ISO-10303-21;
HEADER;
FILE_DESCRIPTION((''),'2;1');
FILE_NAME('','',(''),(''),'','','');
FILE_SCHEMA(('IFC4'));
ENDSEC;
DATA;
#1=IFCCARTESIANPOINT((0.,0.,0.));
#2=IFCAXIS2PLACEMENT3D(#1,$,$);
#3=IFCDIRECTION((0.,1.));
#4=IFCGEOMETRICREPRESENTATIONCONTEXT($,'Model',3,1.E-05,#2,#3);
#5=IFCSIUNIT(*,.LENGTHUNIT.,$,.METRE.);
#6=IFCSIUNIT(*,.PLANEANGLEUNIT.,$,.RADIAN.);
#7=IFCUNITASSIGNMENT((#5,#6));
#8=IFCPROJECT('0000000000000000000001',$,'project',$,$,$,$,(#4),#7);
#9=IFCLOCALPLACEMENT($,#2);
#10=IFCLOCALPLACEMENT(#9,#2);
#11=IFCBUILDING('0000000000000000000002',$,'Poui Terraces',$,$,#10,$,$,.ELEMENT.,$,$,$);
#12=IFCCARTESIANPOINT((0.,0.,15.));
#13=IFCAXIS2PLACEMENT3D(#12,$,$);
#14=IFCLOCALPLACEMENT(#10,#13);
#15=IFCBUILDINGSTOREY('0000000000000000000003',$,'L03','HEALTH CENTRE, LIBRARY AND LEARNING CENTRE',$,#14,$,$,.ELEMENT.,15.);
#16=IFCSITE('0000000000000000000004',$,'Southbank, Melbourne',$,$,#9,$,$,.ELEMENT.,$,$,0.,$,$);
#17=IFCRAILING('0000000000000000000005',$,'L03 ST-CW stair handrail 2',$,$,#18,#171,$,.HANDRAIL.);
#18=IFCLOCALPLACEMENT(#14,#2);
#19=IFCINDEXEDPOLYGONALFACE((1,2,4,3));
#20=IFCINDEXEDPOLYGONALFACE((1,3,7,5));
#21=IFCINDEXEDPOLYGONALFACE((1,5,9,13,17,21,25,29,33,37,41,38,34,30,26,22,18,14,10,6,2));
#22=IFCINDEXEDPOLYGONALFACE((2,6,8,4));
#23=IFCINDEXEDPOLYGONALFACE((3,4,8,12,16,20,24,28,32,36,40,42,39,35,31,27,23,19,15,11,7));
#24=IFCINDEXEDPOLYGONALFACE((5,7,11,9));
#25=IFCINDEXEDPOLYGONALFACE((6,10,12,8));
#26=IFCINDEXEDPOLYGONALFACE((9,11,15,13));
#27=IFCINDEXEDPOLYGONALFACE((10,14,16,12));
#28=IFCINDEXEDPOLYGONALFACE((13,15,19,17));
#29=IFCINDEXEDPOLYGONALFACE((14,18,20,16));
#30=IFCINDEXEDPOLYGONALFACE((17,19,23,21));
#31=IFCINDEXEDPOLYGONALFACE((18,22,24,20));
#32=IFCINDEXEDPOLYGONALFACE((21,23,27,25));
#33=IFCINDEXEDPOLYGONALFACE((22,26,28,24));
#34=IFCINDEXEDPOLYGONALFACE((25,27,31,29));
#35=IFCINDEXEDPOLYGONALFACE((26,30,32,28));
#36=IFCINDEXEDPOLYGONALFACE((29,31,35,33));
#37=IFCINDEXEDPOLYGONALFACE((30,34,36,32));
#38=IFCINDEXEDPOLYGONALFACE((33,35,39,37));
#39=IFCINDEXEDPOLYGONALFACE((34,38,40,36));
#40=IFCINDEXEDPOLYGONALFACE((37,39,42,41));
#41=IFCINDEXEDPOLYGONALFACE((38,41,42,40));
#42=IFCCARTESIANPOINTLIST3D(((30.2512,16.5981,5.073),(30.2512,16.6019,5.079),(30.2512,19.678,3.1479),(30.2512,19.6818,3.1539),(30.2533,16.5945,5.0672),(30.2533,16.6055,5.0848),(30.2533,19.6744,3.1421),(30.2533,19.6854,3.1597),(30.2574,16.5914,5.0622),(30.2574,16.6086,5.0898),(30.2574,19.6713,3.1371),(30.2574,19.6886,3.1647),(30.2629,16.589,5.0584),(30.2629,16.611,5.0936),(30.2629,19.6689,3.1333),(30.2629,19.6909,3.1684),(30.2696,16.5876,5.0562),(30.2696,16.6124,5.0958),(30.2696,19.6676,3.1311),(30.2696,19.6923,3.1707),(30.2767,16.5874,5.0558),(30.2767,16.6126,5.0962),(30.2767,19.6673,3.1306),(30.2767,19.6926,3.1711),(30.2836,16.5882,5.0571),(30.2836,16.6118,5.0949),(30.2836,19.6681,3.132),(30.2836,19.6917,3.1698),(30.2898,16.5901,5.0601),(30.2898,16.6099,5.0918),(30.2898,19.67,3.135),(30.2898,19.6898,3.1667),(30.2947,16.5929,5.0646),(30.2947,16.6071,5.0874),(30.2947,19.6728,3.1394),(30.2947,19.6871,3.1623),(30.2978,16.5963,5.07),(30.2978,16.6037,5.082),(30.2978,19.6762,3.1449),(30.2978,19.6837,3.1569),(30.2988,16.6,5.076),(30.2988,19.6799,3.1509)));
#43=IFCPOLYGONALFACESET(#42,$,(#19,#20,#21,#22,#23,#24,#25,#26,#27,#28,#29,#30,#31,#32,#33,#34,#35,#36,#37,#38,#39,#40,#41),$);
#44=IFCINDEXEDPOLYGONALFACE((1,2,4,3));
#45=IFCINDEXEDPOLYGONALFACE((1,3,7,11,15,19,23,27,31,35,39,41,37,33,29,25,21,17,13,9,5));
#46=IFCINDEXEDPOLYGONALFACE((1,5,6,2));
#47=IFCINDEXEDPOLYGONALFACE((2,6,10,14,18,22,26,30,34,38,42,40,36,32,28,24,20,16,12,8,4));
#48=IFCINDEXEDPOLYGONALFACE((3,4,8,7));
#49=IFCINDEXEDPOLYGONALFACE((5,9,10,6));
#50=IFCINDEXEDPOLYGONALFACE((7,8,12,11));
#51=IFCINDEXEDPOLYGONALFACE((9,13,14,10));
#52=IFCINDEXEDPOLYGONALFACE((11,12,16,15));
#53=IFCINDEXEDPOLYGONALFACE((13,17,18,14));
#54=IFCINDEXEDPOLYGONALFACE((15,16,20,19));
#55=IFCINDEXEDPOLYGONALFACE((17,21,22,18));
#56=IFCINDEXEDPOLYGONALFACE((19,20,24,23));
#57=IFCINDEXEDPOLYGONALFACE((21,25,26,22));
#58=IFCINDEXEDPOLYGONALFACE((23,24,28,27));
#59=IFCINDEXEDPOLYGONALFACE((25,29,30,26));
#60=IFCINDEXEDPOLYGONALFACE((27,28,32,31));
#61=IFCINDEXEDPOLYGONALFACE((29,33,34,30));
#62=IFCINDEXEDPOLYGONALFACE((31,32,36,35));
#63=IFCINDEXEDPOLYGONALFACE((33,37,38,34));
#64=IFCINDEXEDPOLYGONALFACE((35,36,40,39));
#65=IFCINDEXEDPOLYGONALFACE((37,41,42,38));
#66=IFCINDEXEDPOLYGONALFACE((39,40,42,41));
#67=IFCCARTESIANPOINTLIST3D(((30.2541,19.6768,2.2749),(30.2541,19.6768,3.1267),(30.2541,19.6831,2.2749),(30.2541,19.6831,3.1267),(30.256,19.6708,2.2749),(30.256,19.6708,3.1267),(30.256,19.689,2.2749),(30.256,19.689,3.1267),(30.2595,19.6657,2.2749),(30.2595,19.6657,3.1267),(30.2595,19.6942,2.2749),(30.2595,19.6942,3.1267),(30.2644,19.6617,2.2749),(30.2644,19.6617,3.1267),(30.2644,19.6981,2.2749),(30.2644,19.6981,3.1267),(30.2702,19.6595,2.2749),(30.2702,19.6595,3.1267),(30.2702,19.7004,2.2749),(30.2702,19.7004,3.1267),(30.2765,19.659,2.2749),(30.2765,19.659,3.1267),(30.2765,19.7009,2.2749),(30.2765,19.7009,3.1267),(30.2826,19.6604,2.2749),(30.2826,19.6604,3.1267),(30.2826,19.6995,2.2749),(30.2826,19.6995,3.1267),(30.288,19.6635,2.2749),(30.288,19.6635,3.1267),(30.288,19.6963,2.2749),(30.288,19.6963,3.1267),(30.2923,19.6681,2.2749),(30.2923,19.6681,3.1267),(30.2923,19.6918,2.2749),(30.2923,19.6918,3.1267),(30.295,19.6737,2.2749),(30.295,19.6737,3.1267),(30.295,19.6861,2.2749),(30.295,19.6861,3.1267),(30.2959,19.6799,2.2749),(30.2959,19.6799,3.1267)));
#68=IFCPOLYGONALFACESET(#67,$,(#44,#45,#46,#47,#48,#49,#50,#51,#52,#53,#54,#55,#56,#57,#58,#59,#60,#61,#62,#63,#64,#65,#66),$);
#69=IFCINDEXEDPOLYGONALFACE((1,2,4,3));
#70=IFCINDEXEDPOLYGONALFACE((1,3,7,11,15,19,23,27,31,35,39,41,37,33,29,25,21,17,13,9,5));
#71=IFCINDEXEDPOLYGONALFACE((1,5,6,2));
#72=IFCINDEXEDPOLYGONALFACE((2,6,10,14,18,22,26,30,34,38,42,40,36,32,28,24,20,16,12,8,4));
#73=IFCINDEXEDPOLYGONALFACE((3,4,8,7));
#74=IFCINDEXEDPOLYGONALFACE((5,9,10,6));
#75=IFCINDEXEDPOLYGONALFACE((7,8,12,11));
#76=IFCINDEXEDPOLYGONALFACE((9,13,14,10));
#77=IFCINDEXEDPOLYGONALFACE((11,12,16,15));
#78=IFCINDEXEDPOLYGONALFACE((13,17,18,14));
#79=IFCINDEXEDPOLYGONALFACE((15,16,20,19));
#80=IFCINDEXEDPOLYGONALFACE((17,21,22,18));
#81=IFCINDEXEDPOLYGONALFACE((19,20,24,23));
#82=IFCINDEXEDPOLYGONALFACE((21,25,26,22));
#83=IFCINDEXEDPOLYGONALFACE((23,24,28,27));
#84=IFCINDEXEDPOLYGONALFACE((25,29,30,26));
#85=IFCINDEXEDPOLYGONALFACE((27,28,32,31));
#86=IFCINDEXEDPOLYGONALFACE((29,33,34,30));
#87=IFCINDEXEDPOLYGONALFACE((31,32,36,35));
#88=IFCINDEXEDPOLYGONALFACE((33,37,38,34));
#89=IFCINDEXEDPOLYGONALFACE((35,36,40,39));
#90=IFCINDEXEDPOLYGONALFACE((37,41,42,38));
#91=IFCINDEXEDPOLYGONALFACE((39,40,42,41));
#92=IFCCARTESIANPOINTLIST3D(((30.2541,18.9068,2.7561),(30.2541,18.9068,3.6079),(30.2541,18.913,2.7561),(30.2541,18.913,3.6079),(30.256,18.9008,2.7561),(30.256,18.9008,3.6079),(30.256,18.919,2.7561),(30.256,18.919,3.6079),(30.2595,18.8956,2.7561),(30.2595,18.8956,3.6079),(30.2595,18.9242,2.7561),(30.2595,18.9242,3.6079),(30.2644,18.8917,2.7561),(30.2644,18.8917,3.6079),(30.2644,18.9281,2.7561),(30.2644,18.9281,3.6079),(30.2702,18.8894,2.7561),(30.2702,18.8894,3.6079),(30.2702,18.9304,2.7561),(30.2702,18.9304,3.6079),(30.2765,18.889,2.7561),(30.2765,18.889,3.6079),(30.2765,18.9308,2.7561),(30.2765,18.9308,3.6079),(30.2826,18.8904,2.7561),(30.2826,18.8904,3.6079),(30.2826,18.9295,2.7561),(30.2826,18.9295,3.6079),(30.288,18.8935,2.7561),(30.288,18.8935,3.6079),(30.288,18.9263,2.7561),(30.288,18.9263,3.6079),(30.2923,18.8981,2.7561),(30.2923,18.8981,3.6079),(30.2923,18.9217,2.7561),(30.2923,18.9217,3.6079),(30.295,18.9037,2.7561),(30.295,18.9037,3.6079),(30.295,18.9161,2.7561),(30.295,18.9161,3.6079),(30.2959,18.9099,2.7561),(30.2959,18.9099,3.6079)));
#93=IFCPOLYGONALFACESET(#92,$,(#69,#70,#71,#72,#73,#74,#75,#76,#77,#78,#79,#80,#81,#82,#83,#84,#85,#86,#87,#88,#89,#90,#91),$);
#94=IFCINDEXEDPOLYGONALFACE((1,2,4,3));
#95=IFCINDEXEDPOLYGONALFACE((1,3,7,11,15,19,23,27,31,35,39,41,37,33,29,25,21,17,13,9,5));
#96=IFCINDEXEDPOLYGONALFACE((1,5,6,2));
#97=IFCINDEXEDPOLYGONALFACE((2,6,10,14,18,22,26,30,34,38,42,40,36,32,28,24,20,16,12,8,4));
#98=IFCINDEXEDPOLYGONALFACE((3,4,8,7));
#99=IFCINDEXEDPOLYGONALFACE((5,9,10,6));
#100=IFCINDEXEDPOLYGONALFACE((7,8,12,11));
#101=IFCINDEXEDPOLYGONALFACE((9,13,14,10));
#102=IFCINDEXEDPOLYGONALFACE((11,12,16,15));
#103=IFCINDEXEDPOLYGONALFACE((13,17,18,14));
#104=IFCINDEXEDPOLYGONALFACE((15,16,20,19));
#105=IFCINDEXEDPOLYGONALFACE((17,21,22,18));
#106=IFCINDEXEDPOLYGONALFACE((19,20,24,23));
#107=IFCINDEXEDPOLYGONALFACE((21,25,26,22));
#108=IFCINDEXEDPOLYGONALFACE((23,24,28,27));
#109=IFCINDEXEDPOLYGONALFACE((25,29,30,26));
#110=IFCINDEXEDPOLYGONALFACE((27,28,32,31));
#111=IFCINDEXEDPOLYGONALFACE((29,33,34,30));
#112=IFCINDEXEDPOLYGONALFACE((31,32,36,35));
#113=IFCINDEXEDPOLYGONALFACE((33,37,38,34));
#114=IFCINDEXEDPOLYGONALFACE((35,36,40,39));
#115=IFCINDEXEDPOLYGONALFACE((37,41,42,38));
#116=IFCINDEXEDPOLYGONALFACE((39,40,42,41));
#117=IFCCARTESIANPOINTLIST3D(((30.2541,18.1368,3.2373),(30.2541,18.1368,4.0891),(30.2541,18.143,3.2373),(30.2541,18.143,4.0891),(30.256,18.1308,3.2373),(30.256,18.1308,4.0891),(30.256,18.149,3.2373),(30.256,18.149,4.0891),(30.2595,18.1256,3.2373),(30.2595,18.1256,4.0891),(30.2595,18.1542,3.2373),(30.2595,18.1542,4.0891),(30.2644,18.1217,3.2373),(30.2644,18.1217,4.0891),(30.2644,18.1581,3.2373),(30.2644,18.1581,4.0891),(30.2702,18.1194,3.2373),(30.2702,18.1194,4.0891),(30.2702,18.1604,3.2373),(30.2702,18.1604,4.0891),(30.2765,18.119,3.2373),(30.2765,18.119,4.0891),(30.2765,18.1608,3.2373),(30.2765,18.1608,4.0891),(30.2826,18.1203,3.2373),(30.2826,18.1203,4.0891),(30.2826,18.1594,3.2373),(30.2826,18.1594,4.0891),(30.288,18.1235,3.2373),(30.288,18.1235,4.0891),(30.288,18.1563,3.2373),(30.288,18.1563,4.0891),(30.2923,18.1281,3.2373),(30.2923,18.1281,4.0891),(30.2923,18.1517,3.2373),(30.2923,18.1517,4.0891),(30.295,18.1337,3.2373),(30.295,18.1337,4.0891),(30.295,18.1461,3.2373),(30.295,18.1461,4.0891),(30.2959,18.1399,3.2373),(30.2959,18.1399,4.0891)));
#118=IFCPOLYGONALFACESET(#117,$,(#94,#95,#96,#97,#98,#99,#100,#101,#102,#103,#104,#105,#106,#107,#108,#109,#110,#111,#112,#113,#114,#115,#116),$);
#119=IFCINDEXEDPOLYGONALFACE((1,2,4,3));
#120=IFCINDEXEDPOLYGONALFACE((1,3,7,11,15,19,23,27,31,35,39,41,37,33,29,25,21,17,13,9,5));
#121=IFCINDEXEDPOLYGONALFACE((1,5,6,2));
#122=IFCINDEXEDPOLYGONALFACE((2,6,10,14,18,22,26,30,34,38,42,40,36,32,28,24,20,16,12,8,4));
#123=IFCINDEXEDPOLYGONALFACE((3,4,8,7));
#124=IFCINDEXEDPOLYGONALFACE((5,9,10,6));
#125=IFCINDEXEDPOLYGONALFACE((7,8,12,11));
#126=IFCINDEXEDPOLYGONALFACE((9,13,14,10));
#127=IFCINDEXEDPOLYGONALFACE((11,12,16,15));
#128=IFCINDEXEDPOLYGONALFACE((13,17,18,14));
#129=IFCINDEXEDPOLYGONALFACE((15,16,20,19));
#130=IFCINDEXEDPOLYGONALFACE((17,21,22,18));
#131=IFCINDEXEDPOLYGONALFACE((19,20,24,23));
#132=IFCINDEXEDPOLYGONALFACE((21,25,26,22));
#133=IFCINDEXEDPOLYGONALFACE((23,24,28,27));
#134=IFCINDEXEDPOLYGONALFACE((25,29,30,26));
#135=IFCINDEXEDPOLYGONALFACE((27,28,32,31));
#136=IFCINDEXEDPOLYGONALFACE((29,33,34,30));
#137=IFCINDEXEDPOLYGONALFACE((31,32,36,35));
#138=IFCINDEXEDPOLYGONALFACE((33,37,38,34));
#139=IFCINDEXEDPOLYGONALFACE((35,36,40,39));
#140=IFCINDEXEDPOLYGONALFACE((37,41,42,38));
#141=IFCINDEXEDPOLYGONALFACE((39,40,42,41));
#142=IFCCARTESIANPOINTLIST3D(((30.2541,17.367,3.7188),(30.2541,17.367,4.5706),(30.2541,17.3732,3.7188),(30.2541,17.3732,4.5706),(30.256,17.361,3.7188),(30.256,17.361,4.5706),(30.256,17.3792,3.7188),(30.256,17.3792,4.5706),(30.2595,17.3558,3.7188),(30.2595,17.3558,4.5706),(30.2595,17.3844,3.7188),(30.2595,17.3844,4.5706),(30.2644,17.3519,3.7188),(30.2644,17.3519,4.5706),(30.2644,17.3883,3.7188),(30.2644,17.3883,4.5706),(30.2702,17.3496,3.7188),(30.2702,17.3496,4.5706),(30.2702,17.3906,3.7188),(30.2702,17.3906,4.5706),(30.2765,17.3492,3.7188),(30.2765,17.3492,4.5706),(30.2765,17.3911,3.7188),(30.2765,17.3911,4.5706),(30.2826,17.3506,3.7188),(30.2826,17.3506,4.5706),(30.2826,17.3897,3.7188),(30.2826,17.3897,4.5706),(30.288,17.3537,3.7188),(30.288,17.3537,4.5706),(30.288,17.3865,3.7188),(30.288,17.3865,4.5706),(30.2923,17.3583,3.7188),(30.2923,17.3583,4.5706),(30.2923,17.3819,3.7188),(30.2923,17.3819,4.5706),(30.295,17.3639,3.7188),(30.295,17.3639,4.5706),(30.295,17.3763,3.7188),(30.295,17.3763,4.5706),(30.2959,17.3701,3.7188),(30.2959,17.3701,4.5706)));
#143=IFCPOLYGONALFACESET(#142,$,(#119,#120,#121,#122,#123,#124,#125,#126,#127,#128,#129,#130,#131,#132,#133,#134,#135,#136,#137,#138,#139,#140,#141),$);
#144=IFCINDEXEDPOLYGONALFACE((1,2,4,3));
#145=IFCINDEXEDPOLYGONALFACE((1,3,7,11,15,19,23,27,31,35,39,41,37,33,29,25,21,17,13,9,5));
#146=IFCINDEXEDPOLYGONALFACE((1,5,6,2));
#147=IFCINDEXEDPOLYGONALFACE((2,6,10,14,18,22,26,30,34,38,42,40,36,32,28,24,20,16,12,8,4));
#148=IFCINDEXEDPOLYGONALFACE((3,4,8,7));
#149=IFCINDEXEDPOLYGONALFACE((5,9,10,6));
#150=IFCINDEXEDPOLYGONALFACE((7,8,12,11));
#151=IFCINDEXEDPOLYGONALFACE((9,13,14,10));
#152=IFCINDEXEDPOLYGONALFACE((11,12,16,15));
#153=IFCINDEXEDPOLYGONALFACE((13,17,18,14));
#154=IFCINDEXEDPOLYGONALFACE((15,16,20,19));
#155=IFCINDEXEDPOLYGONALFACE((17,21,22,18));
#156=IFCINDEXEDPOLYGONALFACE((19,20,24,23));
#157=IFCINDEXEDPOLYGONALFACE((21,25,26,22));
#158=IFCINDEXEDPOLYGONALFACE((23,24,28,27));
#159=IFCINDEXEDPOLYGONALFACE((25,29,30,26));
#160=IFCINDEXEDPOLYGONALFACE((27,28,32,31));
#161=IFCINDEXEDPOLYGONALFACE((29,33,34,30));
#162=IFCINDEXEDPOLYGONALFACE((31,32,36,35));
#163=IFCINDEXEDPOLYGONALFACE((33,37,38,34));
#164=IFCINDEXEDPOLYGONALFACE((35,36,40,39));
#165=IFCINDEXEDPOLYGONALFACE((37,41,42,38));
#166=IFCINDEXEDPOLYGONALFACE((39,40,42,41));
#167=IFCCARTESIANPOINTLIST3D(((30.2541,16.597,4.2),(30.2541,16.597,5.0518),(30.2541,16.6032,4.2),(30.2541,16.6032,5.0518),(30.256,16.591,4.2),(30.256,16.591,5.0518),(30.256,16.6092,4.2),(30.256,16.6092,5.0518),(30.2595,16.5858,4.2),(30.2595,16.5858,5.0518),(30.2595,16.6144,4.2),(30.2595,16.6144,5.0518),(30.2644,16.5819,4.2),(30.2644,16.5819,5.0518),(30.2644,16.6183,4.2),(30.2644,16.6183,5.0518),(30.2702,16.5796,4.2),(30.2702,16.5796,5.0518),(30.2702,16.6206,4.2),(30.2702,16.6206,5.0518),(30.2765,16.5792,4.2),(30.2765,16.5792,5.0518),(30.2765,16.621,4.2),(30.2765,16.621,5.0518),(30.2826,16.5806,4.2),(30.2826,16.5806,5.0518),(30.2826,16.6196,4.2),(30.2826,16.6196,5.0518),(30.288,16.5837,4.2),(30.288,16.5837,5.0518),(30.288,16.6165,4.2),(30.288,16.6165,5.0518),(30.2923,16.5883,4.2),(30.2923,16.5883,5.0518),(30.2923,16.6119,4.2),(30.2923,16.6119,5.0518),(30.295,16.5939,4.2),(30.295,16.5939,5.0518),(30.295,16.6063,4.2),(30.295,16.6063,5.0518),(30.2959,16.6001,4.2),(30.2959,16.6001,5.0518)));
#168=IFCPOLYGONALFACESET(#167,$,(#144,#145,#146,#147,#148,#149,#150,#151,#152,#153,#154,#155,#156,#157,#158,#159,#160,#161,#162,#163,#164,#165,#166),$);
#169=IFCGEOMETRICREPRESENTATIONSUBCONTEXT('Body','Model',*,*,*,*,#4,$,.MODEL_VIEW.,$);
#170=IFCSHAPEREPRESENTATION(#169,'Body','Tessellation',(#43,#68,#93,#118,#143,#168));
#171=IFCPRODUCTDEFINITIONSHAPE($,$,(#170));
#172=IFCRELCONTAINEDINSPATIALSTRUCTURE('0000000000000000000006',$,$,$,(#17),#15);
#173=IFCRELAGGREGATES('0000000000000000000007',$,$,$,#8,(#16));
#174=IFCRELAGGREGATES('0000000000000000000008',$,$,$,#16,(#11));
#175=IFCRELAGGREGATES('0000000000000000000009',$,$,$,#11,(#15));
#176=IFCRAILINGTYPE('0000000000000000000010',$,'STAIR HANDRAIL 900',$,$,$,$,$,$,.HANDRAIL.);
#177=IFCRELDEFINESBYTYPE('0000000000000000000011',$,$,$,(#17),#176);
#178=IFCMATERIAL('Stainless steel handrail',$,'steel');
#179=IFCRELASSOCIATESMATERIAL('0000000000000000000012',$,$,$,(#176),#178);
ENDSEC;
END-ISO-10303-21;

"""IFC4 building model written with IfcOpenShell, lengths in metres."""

from ifc_helpers import new_model, si_unit, direction, frame, origin, origin_2d, place, context, subcontext, project, spatial, circle, extrude, material, type_object, element, save


model = new_model("IFC4")

# Units and contexts
model_context = context("Model", 3, precision=1e-05, world=origin(), true_north=direction((0.0, 1.0)))
body_context = subcontext(model_context, "Body", "Model", "MODEL_VIEW")
ifc_project = project(units=[si_unit("LENGTHUNIT", "METRE"), si_unit("PLANEANGLEUNIT", "RADIAN")], contexts=[model_context])

# Site, building, storey
site_placement = place(None, origin())
site = spatial("IfcSite", under=ifc_project, at=site_placement, Name="Southbank, Melbourne", CompositionType="ELEMENT", RefElevation=0.0)
building_placement = place(site_placement, origin())
building = spatial("IfcBuilding", under=site, at=building_placement, Name="Poui Terraces", CompositionType="ELEMENT")
storey_placement = place(building_placement, frame((0.0, 0.0, 15.0)))
storey = spatial("IfcBuildingStorey", under=building, at=storey_placement, Name="L03", Description="HEALTH CENTRE, LIBRARY AND LEARNING CENTRE", CompositionType="ELEMENT", Elevation=15.0)

# Railing
ifc_material_1 = material(Name="Stainless steel handrail", Category="steel")
railing_type_1 = type_object("IfcRailingType", Name="STAIR HANDRAIL 900", PredefinedType="HANDRAIL", material=ifc_material_1)
railing_1_placement = place(storey_placement, frame((30.2749, 19.6799, 2.2749)))
element("IfcRailing", 1, at=railing_1_placement, inside=storey, type_object=railing_type_1, Name="L03 ST-CW stair handrail 2", PredefinedType="HANDRAIL", context=body_context, shape_type="SweptSolid", body=[
    extrude(circle(Radius=0.0239, at=origin_2d()), frame((0.0, 0.0, 0.876), z_axis=(0.0, -0.847979, 0.530029), x_axis=(1.0, 0.0, 0.0)), (0.0, 0.0, 1.0), 3.6321),
    extrude(circle(Radius=0.021, at=origin_2d()), origin(), (0.0, 0.0, 1.0), 0.8518),
    extrude(circle(Radius=0.021, at=origin_2d()), frame((0.0, -0.77, 0.4812)), (0.0, 0.0, 1.0), 0.8518),
    extrude(circle(Radius=0.021, at=origin_2d()), frame((0.0, -1.54, 0.9624)), (0.0, 0.0, 1.0), 0.8518),
    extrude(circle(Radius=0.021, at=origin_2d()), frame((0.0, -2.3098, 1.4438)), (0.0, 0.0, 1.0), 0.8518),
    extrude(circle(Radius=0.021, at=origin_2d()), frame((0.0, -3.0798, 1.925)), (0.0, 0.0, 1.0), 0.8518),
])

save(model, "model.ifc")
